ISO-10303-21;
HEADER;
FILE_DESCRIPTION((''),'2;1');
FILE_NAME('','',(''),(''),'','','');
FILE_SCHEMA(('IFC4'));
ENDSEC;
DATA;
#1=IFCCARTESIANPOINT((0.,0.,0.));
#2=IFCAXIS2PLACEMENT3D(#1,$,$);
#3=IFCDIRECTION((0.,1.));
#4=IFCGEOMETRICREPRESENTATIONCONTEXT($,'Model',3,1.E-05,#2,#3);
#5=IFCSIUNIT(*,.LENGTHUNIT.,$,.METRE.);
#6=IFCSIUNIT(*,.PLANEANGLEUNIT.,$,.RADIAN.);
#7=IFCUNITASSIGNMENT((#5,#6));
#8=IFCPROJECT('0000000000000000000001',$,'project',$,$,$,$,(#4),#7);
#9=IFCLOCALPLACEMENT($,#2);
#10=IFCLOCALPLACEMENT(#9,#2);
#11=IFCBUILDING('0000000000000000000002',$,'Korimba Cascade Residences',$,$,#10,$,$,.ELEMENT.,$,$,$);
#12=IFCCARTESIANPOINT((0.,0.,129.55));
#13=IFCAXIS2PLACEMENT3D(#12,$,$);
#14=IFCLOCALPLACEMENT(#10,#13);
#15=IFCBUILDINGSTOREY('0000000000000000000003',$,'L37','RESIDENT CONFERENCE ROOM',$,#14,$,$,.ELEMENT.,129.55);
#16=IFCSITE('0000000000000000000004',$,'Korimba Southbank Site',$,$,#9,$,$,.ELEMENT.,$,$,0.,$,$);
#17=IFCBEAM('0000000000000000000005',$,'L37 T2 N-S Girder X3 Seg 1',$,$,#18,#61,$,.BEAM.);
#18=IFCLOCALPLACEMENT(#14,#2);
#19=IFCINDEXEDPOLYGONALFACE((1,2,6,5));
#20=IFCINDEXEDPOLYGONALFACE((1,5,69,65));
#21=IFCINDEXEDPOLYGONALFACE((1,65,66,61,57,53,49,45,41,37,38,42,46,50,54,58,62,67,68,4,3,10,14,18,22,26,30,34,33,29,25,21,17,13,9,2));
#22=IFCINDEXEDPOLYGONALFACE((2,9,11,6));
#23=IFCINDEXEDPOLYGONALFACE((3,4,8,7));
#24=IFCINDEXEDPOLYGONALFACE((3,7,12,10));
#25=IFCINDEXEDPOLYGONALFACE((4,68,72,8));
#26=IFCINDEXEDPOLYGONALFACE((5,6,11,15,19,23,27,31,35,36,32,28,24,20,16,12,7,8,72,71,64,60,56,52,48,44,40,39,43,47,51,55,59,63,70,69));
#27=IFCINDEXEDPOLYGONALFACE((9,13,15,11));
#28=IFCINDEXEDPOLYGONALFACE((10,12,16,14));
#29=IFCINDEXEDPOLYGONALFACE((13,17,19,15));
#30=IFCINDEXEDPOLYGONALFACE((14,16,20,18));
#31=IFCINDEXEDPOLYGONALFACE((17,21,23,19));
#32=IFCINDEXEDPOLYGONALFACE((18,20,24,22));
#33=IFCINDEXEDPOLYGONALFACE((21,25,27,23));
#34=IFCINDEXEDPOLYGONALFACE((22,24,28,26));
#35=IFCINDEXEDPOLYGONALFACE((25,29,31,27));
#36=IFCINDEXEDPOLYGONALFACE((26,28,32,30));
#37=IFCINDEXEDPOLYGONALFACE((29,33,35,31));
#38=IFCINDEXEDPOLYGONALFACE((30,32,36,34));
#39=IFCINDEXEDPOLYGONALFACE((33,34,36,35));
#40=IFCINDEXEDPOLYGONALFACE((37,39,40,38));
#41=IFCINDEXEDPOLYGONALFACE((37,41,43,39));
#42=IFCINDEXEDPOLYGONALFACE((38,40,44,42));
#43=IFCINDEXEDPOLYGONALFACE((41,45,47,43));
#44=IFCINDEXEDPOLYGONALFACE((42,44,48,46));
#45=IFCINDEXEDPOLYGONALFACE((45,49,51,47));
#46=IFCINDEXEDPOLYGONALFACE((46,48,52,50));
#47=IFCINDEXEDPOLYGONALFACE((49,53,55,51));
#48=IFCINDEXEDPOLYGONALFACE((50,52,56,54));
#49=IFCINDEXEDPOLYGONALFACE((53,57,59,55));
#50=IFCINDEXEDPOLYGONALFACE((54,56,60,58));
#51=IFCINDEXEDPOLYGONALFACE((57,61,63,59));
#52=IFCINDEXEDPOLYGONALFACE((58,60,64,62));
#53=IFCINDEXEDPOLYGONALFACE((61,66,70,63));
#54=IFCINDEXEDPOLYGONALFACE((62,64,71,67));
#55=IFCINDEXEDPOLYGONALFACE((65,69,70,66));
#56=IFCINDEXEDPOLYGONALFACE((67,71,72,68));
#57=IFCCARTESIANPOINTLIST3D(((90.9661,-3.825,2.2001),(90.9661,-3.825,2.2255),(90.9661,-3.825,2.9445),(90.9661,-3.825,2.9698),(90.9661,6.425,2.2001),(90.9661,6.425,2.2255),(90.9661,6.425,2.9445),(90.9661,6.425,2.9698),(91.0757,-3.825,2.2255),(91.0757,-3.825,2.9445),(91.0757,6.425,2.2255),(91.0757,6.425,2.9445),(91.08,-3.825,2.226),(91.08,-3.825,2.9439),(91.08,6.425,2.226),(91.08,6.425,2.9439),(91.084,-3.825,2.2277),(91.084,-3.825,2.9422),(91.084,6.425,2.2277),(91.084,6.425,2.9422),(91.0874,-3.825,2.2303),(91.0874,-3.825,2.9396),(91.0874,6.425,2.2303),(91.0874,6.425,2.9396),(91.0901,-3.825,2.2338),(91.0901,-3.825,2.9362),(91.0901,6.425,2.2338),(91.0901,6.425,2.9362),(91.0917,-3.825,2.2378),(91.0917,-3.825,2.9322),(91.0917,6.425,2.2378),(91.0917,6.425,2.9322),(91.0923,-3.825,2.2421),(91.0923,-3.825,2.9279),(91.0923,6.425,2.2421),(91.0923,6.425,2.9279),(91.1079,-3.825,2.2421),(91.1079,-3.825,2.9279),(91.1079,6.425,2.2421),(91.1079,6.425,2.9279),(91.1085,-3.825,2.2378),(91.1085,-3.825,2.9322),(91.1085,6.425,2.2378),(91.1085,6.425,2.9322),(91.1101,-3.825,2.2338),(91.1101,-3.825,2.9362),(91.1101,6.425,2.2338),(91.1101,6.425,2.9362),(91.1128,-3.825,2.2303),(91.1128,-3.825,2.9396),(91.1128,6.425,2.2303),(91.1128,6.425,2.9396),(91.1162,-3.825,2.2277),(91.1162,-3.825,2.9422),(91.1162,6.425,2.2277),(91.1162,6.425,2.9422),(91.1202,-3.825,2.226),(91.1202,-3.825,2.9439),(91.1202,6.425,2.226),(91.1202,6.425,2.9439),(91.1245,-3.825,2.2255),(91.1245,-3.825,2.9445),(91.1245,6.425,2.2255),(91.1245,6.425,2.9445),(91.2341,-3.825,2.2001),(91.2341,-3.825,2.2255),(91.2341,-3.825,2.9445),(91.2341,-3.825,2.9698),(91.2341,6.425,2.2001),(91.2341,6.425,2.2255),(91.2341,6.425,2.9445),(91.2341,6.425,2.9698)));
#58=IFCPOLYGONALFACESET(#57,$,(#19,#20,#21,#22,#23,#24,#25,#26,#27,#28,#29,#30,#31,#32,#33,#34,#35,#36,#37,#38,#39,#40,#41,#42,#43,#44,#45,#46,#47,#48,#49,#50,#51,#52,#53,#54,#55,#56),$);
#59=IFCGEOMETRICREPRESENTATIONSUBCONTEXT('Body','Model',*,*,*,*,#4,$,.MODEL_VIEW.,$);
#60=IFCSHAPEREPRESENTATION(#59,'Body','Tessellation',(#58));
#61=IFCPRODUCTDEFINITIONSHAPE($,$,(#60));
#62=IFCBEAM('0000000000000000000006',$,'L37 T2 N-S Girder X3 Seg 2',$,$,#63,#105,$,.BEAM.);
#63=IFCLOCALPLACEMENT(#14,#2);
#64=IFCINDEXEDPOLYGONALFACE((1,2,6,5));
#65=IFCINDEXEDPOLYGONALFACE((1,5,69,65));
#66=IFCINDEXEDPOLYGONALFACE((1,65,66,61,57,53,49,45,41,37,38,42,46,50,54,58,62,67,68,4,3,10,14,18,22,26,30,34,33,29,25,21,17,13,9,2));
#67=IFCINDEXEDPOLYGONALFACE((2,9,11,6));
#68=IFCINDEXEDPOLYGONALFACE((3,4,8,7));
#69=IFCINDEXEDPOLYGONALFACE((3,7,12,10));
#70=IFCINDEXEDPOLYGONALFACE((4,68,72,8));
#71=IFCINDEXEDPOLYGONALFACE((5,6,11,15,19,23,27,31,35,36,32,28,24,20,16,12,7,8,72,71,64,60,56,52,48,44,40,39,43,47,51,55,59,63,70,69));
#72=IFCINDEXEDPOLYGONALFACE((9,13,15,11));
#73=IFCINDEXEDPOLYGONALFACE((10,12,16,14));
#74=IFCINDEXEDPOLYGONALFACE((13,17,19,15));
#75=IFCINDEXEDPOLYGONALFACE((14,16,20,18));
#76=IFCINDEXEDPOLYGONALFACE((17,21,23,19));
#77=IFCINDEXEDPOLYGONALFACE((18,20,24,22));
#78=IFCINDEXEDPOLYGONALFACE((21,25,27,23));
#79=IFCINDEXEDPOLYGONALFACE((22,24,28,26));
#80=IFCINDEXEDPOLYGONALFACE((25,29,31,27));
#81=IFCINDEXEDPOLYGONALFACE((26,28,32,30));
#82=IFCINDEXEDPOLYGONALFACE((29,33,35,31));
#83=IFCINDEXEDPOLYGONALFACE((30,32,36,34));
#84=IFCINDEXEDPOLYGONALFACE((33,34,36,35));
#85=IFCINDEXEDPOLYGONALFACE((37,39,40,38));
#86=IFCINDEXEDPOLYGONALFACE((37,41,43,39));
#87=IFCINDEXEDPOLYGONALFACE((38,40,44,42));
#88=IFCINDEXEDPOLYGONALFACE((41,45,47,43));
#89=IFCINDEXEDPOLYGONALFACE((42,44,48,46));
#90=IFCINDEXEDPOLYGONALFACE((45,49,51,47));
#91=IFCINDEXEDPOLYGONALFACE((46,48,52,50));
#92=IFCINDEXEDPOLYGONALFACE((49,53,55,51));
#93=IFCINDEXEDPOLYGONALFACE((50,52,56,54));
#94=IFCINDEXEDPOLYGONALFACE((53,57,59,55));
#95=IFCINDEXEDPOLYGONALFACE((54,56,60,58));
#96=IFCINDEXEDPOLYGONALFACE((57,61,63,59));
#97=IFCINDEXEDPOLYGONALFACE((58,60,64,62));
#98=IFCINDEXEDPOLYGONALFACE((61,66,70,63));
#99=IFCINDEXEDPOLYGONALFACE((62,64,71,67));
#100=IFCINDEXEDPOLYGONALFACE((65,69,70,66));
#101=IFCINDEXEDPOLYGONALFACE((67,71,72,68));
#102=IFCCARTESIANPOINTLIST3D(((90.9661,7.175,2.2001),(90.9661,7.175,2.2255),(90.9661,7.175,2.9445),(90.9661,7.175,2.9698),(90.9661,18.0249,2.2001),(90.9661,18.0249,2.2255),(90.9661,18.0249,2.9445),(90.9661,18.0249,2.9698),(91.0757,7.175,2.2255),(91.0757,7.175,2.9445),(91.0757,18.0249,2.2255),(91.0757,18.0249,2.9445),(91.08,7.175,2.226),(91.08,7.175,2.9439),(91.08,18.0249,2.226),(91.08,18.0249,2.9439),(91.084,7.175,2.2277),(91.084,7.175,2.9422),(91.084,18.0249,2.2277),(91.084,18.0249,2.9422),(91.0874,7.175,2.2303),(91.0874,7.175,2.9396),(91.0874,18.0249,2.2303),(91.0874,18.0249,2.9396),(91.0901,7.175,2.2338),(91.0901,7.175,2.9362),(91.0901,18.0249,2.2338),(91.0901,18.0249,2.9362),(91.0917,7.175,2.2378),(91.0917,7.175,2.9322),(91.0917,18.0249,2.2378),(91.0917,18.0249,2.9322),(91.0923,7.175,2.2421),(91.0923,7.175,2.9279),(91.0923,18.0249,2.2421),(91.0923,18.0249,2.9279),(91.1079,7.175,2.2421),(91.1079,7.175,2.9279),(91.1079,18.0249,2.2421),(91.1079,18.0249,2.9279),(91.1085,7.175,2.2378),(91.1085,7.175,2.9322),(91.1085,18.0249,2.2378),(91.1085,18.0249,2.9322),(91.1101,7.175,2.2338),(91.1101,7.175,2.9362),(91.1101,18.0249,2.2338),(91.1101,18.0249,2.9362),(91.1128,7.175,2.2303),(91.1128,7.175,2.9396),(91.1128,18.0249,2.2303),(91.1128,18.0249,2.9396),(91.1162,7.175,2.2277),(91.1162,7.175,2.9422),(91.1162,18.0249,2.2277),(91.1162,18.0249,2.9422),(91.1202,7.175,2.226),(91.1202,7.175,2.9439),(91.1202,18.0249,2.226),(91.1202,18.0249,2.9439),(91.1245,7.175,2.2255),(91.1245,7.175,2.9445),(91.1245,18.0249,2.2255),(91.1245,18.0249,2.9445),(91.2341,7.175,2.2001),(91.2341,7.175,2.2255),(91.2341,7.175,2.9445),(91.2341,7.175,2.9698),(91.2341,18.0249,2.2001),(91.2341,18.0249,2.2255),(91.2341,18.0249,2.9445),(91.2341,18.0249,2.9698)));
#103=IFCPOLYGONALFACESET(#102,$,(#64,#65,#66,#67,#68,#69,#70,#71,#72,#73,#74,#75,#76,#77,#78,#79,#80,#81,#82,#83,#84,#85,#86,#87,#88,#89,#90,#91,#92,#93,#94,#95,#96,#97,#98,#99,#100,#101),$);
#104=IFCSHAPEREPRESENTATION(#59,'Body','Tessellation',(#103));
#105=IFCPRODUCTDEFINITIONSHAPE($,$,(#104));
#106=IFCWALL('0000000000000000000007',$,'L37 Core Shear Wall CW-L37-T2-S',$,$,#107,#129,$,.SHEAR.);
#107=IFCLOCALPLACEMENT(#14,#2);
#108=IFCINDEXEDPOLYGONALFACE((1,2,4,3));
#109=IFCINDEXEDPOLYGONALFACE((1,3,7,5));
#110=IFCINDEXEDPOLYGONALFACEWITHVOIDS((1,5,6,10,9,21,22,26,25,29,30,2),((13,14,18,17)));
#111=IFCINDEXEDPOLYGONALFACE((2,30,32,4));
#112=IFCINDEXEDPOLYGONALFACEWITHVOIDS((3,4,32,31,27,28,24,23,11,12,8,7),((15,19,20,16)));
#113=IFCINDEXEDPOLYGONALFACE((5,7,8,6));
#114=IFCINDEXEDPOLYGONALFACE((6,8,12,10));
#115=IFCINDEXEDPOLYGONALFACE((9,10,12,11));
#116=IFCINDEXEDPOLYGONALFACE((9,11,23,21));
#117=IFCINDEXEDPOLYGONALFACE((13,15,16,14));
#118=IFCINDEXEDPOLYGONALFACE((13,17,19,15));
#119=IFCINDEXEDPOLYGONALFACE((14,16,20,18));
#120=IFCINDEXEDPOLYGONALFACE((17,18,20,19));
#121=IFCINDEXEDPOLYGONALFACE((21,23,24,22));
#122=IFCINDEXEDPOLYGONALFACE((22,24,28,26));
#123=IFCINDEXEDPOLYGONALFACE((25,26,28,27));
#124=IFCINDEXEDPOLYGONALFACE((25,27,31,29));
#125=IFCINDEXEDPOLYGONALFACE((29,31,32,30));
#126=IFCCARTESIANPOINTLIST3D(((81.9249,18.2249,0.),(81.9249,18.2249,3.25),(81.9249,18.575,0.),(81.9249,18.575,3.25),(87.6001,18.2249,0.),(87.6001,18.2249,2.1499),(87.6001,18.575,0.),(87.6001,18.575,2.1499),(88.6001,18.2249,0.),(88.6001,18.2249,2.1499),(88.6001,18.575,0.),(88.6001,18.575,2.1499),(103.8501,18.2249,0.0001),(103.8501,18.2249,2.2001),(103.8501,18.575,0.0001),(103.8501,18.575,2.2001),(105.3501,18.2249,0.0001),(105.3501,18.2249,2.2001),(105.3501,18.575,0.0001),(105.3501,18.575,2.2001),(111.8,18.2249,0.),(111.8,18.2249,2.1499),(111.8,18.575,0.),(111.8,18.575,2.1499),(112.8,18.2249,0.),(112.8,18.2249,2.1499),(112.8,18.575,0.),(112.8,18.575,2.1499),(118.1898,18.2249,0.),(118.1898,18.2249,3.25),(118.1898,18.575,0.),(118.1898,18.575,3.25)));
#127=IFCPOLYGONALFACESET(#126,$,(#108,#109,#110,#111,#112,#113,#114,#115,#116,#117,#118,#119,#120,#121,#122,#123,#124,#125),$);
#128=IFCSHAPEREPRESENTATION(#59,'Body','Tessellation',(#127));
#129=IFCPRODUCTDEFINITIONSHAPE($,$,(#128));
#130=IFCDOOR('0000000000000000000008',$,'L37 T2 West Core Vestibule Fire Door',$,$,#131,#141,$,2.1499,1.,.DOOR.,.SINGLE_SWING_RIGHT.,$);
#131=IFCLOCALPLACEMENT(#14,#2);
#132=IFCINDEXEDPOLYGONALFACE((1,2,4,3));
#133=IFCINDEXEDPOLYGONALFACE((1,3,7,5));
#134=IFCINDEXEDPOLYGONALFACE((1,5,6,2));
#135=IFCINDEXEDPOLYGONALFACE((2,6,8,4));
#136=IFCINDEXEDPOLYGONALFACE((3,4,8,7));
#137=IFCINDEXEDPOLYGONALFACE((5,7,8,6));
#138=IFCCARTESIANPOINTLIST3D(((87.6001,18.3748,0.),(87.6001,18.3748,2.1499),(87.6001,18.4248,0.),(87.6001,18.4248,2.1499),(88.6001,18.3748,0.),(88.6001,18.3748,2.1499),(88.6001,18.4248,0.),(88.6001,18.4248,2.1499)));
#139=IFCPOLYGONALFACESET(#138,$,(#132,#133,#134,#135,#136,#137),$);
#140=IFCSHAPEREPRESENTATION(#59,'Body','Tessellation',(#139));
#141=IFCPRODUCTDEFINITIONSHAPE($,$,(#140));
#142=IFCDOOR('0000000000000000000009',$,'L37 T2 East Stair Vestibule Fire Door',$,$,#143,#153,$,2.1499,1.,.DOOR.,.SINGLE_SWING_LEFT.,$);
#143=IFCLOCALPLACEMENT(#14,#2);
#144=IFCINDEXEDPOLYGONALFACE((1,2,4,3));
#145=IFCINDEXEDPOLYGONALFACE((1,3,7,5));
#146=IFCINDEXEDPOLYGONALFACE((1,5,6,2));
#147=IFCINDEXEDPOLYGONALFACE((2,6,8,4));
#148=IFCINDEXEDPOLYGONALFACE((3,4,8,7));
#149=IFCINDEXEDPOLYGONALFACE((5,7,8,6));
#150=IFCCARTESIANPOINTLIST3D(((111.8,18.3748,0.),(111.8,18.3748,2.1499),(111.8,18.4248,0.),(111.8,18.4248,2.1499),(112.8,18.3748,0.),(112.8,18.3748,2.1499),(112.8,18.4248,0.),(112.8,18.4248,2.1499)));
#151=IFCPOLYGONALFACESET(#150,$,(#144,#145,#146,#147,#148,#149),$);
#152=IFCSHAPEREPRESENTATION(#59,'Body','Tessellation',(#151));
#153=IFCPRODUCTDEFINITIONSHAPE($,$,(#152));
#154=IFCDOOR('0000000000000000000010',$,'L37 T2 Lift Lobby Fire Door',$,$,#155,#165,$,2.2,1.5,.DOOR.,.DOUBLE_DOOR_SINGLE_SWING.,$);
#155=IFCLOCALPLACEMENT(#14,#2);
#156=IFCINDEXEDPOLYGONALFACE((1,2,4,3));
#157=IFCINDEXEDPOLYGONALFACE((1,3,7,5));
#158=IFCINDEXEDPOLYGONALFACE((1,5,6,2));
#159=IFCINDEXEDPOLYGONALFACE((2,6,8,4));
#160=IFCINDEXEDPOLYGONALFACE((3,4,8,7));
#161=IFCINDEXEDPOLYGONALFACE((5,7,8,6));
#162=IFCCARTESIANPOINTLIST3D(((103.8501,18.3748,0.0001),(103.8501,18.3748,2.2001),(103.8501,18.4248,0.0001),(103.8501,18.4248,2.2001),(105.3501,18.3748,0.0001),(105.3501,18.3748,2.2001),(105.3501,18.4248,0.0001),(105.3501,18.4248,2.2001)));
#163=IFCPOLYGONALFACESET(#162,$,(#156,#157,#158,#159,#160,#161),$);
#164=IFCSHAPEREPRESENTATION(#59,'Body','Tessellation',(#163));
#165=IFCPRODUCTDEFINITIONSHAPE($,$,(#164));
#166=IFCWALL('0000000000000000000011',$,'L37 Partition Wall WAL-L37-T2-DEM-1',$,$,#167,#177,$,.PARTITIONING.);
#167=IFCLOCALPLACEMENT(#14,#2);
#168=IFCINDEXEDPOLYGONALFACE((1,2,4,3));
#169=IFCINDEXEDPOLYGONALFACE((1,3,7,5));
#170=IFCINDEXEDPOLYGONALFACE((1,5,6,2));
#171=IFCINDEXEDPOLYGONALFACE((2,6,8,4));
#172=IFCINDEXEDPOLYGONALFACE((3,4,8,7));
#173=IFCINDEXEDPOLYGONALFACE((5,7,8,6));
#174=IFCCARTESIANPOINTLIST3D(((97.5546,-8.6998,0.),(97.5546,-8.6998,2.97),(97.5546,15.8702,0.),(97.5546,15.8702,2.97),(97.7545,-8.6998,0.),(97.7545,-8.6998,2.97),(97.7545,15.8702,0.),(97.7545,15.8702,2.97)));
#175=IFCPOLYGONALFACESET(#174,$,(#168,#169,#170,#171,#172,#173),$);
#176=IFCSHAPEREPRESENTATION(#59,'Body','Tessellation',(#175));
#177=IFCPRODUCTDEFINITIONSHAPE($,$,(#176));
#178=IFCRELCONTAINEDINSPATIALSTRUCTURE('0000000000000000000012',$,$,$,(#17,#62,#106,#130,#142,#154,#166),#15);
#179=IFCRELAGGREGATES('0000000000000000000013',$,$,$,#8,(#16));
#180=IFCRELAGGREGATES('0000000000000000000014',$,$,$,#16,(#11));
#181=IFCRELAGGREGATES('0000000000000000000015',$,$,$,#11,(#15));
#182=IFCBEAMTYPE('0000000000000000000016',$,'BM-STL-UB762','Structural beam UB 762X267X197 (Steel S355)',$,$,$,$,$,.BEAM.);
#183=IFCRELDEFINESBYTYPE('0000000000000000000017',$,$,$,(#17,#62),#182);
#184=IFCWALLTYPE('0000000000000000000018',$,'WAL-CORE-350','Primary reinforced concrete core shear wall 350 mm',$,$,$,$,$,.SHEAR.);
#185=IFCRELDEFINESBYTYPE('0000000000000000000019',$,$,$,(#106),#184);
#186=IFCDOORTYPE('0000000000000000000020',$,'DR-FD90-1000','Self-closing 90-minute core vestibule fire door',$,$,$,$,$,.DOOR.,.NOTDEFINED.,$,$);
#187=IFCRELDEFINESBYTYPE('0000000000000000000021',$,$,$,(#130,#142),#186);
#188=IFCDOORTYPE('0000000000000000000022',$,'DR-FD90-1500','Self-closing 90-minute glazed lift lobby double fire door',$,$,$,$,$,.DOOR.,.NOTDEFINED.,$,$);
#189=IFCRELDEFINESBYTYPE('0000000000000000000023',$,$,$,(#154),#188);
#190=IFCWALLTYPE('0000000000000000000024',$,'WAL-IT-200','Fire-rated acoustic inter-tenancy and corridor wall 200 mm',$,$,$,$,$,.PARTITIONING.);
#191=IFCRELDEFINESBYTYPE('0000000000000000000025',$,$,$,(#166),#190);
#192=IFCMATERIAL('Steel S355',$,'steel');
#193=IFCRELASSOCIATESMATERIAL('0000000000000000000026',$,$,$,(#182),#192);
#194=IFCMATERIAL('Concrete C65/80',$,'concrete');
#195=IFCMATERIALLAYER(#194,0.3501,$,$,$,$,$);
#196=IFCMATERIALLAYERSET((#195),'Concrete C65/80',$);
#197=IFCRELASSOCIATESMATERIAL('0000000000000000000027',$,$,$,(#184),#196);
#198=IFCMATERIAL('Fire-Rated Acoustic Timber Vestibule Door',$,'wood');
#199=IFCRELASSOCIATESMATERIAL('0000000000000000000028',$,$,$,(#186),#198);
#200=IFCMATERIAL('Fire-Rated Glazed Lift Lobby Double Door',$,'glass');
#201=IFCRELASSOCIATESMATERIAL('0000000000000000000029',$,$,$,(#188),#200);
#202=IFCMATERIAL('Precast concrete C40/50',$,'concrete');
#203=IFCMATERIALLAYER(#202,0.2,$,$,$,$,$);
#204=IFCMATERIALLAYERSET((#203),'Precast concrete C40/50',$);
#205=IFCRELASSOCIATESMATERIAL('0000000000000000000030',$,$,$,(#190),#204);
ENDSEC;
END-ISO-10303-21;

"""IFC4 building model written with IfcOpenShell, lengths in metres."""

from ifc_helpers import new_model, si_unit, direction, frame, frame_2d, origin, origin_2d, place, context, subcontext, project, spatial, rectangle, i_section, extrude, material, layer, layer_set, material_profile, profile_set, type_object, element, fill, save


model = new_model("IFC4")

# Units and contexts
model_context = context("Model", 3, precision=1e-05, world=origin(), true_north=direction((0.0, 1.0)))
body_context = subcontext(model_context, "Body", "Model", "MODEL_VIEW")
ifc_project = project(units=[si_unit("LENGTHUNIT", "METRE"), si_unit("PLANEANGLEUNIT", "RADIAN")], contexts=[model_context])

# Site, building, storey
site_placement = place(None, origin())
site = spatial("IfcSite", under=ifc_project, at=site_placement, Name="Korimba Southbank Site", CompositionType="ELEMENT", RefElevation=0.0)
building_placement = place(site_placement, origin())
building = spatial("IfcBuilding", under=site, at=building_placement, Name="Korimba Cascade Residences", CompositionType="ELEMENT")
storey_placement = place(building_placement, frame((0.0, 0.0, 129.55)))
storey = spatial("IfcBuildingStorey", under=building, at=storey_placement, Name="L37", Description="RESIDENT CONFERENCE ROOM", CompositionType="ELEMENT", Elevation=129.55)

# Shared definitions
ifc_material_1 = material(Name="Concrete C65/80", Category="concrete")

# Beams
ifc_material_2 = material(Name="Steel S355", Category="steel")
ifc_material_profile_1 = material_profile(ifc_material_2, i_section(OverallWidth=0.2681, OverallDepth=0.7698, WebThickness=0.0156, FlangeThickness=0.0254, FilletRadius=0.0166, at=origin_2d()), Name="Steel S355")
ifc_profile_set_1 = profile_set([ifc_material_profile_1], Name="Steel S355")
beam_type_1 = type_object("IfcBeamType", Name="BM-STL-UB762", Description="Structural beam UB 762X267X197 (Steel S355)", PredefinedType="BEAM", material=ifc_profile_set_1)
beam_1_placement = place(storey_placement, frame((91.1001, -3.825, 2.585), z_axis=(0.0, 1.0, 0.0), x_axis=(-1.0, 0.0, 0.0)))
element("IfcBeam", 1, at=beam_1_placement, inside=storey, type_object=beam_type_1, Name="L37 T2 N-S Girder X3 Seg 1", PredefinedType="BEAM", context=body_context, shape_type="SweptSolid", body=[
    extrude(i_section(OverallWidth=0.2681, OverallDepth=0.7698, WebThickness=0.0156, FlangeThickness=0.0254, FilletRadius=0.0166, at=origin_2d()), origin(), (0.0, 0.0, 1.0), 10.25),
])
beam_2_placement = place(storey_placement, frame((91.1001, 7.175, 2.585), z_axis=(0.0, 1.0, 0.0), x_axis=(-1.0, 0.0, 0.0)))
element("IfcBeam", 2, at=beam_2_placement, inside=storey, type_object=beam_type_1, Name="L37 T2 N-S Girder X3 Seg 2", PredefinedType="BEAM", context=body_context, shape_type="SweptSolid", body=[
    extrude(i_section(OverallWidth=0.2681, OverallDepth=0.7698, WebThickness=0.0156, FlangeThickness=0.0254, FilletRadius=0.0166, at=origin_2d()), origin(), (0.0, 0.0, 1.0), 10.8499),
])

# Wall, openings, doors
ifc_layer_1 = layer(ifc_material_1, 0.3501)
ifc_layer_set_1 = layer_set([ifc_layer_1], Name="Concrete C65/80")
wall_type_1 = type_object("IfcWallType", Name="WAL-CORE-350", Description="Primary reinforced concrete core shear wall 350 mm", PredefinedType="SHEAR", material=ifc_layer_set_1)
wall_1_placement = place(storey_placement, frame((81.925, 18.3999, 0.0), z_axis=(0.0, 0.0, 1.0), x_axis=(1.0, 0.0, 0.0)))
wall_1 = element("IfcWall", 3, at=wall_1_placement, inside=storey, type_object=wall_type_1, Name="L37 Core Shear Wall CW-L37-T2-S", PredefinedType="SHEAR", context=body_context, shape_type="SweptSolid", body=[
    extrude(rectangle(XDim=36.2649, YDim=0.3501, at=frame_2d((18.1323, 0.0))), origin(), (0.0, 0.0, 1.0), 3.25),
])
opening_1_placement = place(wall_1_placement, frame((5.675, 0.0, 0.0)))
opening_1 = element("IfcOpeningElement", 4, at=opening_1_placement, cuts=wall_1, PredefinedType="OPENING", context=body_context, shape_type="SweptSolid", body=[
    extrude(rectangle(XDim=1.0, YDim=2.1499, at=frame_2d((0.5, 1.075))), frame((0.0, 0.1851, 0.0), z_axis=(0.0, -1.0, 0.0), x_axis=(1.0, 0.0, 0.0)), (0.0, 0.0, 1.0), 0.3701),
])
opening_2_placement = place(wall_1_placement, frame((21.925, 0.0, 0.0)))
opening_2 = element("IfcOpeningElement", 5, at=opening_2_placement, cuts=wall_1, PredefinedType="OPENING", context=body_context, shape_type="SweptSolid", body=[
    extrude(rectangle(XDim=1.5, YDim=2.2, at=frame_2d((0.75, 1.1001))), frame((0.0, 0.1851, 0.0), z_axis=(0.0, -1.0, 0.0), x_axis=(1.0, 0.0, 0.0)), (0.0, 0.0, 1.0), 0.3701),
])
opening_3_placement = place(wall_1_placement, frame((29.875, 0.0, 0.0)))
opening_3 = element("IfcOpeningElement", 6, at=opening_3_placement, cuts=wall_1, PredefinedType="OPENING", context=body_context, shape_type="SweptSolid", body=[
    extrude(rectangle(XDim=1.0, YDim=2.1499, at=frame_2d((0.5, 1.075))), frame((0.0, 0.1851, 0.0), z_axis=(0.0, -1.0, 0.0), x_axis=(1.0, 0.0, 0.0)), (0.0, 0.0, 1.0), 0.3701),
])
ifc_material_3 = material(Name="Fire-Rated Acoustic Timber Vestibule Door", Category="wood")
door_type_1 = type_object("IfcDoorType", Name="DR-FD90-1000", Description="Self-closing 90-minute core vestibule fire door", OperationType="NOTDEFINED", PredefinedType="DOOR", material=ifc_material_3)
door_1_placement = place(opening_1_placement, origin())
door_1 = element("IfcDoor", 7, at=door_1_placement, inside=storey, type_object=door_type_1, Name="L37 T2 West Core Vestibule Fire Door", OperationType="SINGLE_SWING_RIGHT", OverallHeight=2.1499, OverallWidth=1.0, PredefinedType="DOOR", context=body_context, shape_type="SweptSolid", body=[
    extrude(rectangle(XDim=1.0, YDim=2.1499, at=frame_2d((0.5, 1.075))), frame((0.0, 0.0249, 0.0), z_axis=(0.0, -1.0, 0.0), x_axis=(1.0, 0.0, 0.0)), (0.0, 0.0, 1.0), 0.05),
])
fill(opening_1, door_1)
door_2_placement = place(opening_3_placement, origin())
door_2 = element("IfcDoor", 8, at=door_2_placement, inside=storey, type_object=door_type_1, Name="L37 T2 East Stair Vestibule Fire Door", OperationType="SINGLE_SWING_LEFT", OverallHeight=2.1499, OverallWidth=1.0, PredefinedType="DOOR", context=body_context, shape_type="SweptSolid", body=[
    extrude(rectangle(XDim=1.0, YDim=2.1499, at=frame_2d((0.5, 1.075))), frame((0.0, 0.0249, 0.0), z_axis=(0.0, -1.0, 0.0), x_axis=(1.0, 0.0, 0.0)), (0.0, 0.0, 1.0), 0.05),
])
fill(opening_3, door_2)
ifc_material_4 = material(Name="Fire-Rated Glazed Lift Lobby Double Door", Category="glass")
door_type_2 = type_object("IfcDoorType", Name="DR-FD90-1500", Description="Self-closing 90-minute glazed lift lobby double fire door", OperationType="NOTDEFINED", PredefinedType="DOOR", material=ifc_material_4)
door_3_placement = place(opening_2_placement, origin())
door_3 = element("IfcDoor", 9, at=door_3_placement, inside=storey, type_object=door_type_2, Name="L37 T2 Lift Lobby Fire Door", OperationType="DOUBLE_DOOR_SINGLE_SWING", OverallHeight=2.2, OverallWidth=1.5, PredefinedType="DOOR", context=body_context, shape_type="SweptSolid", body=[
    extrude(rectangle(XDim=1.5, YDim=2.2, at=frame_2d((0.75, 1.1001))), frame((0.0, 0.0249, 0.0), z_axis=(0.0, -1.0, 0.0), x_axis=(1.0, 0.0, 0.0)), (0.0, 0.0, 1.0), 0.05),
])
fill(opening_2, door_3)

# Wall
ifc_material_5 = material(Name="Precast concrete C40/50", Category="concrete")
ifc_layer_2 = layer(ifc_material_5, 0.2)
ifc_layer_set_2 = layer_set([ifc_layer_2], Name="Precast concrete C40/50")
wall_type_2 = type_object("IfcWallType", Name="WAL-IT-200", Description="Fire-rated acoustic inter-tenancy and corridor wall 200 mm", PredefinedType="PARTITIONING", material=ifc_layer_set_2)
wall_2_placement = place(storey_placement, frame((97.6545, -8.7, 0.0), z_axis=(0.0, 0.0, 1.0), x_axis=(0.0, 1.0, 0.0)))
element("IfcWall", 10, at=wall_2_placement, inside=storey, type_object=wall_type_2, Name="L37 Partition Wall WAL-L37-T2-DEM-1", PredefinedType="PARTITIONING", context=body_context, shape_type="SweptSolid", body=[
    extrude(rectangle(XDim=24.5701, YDim=0.2, at=frame_2d((12.2852, 0.0))), origin(), (0.0, 0.0, 1.0), 2.97),
])

save(model, "model.ifc")
